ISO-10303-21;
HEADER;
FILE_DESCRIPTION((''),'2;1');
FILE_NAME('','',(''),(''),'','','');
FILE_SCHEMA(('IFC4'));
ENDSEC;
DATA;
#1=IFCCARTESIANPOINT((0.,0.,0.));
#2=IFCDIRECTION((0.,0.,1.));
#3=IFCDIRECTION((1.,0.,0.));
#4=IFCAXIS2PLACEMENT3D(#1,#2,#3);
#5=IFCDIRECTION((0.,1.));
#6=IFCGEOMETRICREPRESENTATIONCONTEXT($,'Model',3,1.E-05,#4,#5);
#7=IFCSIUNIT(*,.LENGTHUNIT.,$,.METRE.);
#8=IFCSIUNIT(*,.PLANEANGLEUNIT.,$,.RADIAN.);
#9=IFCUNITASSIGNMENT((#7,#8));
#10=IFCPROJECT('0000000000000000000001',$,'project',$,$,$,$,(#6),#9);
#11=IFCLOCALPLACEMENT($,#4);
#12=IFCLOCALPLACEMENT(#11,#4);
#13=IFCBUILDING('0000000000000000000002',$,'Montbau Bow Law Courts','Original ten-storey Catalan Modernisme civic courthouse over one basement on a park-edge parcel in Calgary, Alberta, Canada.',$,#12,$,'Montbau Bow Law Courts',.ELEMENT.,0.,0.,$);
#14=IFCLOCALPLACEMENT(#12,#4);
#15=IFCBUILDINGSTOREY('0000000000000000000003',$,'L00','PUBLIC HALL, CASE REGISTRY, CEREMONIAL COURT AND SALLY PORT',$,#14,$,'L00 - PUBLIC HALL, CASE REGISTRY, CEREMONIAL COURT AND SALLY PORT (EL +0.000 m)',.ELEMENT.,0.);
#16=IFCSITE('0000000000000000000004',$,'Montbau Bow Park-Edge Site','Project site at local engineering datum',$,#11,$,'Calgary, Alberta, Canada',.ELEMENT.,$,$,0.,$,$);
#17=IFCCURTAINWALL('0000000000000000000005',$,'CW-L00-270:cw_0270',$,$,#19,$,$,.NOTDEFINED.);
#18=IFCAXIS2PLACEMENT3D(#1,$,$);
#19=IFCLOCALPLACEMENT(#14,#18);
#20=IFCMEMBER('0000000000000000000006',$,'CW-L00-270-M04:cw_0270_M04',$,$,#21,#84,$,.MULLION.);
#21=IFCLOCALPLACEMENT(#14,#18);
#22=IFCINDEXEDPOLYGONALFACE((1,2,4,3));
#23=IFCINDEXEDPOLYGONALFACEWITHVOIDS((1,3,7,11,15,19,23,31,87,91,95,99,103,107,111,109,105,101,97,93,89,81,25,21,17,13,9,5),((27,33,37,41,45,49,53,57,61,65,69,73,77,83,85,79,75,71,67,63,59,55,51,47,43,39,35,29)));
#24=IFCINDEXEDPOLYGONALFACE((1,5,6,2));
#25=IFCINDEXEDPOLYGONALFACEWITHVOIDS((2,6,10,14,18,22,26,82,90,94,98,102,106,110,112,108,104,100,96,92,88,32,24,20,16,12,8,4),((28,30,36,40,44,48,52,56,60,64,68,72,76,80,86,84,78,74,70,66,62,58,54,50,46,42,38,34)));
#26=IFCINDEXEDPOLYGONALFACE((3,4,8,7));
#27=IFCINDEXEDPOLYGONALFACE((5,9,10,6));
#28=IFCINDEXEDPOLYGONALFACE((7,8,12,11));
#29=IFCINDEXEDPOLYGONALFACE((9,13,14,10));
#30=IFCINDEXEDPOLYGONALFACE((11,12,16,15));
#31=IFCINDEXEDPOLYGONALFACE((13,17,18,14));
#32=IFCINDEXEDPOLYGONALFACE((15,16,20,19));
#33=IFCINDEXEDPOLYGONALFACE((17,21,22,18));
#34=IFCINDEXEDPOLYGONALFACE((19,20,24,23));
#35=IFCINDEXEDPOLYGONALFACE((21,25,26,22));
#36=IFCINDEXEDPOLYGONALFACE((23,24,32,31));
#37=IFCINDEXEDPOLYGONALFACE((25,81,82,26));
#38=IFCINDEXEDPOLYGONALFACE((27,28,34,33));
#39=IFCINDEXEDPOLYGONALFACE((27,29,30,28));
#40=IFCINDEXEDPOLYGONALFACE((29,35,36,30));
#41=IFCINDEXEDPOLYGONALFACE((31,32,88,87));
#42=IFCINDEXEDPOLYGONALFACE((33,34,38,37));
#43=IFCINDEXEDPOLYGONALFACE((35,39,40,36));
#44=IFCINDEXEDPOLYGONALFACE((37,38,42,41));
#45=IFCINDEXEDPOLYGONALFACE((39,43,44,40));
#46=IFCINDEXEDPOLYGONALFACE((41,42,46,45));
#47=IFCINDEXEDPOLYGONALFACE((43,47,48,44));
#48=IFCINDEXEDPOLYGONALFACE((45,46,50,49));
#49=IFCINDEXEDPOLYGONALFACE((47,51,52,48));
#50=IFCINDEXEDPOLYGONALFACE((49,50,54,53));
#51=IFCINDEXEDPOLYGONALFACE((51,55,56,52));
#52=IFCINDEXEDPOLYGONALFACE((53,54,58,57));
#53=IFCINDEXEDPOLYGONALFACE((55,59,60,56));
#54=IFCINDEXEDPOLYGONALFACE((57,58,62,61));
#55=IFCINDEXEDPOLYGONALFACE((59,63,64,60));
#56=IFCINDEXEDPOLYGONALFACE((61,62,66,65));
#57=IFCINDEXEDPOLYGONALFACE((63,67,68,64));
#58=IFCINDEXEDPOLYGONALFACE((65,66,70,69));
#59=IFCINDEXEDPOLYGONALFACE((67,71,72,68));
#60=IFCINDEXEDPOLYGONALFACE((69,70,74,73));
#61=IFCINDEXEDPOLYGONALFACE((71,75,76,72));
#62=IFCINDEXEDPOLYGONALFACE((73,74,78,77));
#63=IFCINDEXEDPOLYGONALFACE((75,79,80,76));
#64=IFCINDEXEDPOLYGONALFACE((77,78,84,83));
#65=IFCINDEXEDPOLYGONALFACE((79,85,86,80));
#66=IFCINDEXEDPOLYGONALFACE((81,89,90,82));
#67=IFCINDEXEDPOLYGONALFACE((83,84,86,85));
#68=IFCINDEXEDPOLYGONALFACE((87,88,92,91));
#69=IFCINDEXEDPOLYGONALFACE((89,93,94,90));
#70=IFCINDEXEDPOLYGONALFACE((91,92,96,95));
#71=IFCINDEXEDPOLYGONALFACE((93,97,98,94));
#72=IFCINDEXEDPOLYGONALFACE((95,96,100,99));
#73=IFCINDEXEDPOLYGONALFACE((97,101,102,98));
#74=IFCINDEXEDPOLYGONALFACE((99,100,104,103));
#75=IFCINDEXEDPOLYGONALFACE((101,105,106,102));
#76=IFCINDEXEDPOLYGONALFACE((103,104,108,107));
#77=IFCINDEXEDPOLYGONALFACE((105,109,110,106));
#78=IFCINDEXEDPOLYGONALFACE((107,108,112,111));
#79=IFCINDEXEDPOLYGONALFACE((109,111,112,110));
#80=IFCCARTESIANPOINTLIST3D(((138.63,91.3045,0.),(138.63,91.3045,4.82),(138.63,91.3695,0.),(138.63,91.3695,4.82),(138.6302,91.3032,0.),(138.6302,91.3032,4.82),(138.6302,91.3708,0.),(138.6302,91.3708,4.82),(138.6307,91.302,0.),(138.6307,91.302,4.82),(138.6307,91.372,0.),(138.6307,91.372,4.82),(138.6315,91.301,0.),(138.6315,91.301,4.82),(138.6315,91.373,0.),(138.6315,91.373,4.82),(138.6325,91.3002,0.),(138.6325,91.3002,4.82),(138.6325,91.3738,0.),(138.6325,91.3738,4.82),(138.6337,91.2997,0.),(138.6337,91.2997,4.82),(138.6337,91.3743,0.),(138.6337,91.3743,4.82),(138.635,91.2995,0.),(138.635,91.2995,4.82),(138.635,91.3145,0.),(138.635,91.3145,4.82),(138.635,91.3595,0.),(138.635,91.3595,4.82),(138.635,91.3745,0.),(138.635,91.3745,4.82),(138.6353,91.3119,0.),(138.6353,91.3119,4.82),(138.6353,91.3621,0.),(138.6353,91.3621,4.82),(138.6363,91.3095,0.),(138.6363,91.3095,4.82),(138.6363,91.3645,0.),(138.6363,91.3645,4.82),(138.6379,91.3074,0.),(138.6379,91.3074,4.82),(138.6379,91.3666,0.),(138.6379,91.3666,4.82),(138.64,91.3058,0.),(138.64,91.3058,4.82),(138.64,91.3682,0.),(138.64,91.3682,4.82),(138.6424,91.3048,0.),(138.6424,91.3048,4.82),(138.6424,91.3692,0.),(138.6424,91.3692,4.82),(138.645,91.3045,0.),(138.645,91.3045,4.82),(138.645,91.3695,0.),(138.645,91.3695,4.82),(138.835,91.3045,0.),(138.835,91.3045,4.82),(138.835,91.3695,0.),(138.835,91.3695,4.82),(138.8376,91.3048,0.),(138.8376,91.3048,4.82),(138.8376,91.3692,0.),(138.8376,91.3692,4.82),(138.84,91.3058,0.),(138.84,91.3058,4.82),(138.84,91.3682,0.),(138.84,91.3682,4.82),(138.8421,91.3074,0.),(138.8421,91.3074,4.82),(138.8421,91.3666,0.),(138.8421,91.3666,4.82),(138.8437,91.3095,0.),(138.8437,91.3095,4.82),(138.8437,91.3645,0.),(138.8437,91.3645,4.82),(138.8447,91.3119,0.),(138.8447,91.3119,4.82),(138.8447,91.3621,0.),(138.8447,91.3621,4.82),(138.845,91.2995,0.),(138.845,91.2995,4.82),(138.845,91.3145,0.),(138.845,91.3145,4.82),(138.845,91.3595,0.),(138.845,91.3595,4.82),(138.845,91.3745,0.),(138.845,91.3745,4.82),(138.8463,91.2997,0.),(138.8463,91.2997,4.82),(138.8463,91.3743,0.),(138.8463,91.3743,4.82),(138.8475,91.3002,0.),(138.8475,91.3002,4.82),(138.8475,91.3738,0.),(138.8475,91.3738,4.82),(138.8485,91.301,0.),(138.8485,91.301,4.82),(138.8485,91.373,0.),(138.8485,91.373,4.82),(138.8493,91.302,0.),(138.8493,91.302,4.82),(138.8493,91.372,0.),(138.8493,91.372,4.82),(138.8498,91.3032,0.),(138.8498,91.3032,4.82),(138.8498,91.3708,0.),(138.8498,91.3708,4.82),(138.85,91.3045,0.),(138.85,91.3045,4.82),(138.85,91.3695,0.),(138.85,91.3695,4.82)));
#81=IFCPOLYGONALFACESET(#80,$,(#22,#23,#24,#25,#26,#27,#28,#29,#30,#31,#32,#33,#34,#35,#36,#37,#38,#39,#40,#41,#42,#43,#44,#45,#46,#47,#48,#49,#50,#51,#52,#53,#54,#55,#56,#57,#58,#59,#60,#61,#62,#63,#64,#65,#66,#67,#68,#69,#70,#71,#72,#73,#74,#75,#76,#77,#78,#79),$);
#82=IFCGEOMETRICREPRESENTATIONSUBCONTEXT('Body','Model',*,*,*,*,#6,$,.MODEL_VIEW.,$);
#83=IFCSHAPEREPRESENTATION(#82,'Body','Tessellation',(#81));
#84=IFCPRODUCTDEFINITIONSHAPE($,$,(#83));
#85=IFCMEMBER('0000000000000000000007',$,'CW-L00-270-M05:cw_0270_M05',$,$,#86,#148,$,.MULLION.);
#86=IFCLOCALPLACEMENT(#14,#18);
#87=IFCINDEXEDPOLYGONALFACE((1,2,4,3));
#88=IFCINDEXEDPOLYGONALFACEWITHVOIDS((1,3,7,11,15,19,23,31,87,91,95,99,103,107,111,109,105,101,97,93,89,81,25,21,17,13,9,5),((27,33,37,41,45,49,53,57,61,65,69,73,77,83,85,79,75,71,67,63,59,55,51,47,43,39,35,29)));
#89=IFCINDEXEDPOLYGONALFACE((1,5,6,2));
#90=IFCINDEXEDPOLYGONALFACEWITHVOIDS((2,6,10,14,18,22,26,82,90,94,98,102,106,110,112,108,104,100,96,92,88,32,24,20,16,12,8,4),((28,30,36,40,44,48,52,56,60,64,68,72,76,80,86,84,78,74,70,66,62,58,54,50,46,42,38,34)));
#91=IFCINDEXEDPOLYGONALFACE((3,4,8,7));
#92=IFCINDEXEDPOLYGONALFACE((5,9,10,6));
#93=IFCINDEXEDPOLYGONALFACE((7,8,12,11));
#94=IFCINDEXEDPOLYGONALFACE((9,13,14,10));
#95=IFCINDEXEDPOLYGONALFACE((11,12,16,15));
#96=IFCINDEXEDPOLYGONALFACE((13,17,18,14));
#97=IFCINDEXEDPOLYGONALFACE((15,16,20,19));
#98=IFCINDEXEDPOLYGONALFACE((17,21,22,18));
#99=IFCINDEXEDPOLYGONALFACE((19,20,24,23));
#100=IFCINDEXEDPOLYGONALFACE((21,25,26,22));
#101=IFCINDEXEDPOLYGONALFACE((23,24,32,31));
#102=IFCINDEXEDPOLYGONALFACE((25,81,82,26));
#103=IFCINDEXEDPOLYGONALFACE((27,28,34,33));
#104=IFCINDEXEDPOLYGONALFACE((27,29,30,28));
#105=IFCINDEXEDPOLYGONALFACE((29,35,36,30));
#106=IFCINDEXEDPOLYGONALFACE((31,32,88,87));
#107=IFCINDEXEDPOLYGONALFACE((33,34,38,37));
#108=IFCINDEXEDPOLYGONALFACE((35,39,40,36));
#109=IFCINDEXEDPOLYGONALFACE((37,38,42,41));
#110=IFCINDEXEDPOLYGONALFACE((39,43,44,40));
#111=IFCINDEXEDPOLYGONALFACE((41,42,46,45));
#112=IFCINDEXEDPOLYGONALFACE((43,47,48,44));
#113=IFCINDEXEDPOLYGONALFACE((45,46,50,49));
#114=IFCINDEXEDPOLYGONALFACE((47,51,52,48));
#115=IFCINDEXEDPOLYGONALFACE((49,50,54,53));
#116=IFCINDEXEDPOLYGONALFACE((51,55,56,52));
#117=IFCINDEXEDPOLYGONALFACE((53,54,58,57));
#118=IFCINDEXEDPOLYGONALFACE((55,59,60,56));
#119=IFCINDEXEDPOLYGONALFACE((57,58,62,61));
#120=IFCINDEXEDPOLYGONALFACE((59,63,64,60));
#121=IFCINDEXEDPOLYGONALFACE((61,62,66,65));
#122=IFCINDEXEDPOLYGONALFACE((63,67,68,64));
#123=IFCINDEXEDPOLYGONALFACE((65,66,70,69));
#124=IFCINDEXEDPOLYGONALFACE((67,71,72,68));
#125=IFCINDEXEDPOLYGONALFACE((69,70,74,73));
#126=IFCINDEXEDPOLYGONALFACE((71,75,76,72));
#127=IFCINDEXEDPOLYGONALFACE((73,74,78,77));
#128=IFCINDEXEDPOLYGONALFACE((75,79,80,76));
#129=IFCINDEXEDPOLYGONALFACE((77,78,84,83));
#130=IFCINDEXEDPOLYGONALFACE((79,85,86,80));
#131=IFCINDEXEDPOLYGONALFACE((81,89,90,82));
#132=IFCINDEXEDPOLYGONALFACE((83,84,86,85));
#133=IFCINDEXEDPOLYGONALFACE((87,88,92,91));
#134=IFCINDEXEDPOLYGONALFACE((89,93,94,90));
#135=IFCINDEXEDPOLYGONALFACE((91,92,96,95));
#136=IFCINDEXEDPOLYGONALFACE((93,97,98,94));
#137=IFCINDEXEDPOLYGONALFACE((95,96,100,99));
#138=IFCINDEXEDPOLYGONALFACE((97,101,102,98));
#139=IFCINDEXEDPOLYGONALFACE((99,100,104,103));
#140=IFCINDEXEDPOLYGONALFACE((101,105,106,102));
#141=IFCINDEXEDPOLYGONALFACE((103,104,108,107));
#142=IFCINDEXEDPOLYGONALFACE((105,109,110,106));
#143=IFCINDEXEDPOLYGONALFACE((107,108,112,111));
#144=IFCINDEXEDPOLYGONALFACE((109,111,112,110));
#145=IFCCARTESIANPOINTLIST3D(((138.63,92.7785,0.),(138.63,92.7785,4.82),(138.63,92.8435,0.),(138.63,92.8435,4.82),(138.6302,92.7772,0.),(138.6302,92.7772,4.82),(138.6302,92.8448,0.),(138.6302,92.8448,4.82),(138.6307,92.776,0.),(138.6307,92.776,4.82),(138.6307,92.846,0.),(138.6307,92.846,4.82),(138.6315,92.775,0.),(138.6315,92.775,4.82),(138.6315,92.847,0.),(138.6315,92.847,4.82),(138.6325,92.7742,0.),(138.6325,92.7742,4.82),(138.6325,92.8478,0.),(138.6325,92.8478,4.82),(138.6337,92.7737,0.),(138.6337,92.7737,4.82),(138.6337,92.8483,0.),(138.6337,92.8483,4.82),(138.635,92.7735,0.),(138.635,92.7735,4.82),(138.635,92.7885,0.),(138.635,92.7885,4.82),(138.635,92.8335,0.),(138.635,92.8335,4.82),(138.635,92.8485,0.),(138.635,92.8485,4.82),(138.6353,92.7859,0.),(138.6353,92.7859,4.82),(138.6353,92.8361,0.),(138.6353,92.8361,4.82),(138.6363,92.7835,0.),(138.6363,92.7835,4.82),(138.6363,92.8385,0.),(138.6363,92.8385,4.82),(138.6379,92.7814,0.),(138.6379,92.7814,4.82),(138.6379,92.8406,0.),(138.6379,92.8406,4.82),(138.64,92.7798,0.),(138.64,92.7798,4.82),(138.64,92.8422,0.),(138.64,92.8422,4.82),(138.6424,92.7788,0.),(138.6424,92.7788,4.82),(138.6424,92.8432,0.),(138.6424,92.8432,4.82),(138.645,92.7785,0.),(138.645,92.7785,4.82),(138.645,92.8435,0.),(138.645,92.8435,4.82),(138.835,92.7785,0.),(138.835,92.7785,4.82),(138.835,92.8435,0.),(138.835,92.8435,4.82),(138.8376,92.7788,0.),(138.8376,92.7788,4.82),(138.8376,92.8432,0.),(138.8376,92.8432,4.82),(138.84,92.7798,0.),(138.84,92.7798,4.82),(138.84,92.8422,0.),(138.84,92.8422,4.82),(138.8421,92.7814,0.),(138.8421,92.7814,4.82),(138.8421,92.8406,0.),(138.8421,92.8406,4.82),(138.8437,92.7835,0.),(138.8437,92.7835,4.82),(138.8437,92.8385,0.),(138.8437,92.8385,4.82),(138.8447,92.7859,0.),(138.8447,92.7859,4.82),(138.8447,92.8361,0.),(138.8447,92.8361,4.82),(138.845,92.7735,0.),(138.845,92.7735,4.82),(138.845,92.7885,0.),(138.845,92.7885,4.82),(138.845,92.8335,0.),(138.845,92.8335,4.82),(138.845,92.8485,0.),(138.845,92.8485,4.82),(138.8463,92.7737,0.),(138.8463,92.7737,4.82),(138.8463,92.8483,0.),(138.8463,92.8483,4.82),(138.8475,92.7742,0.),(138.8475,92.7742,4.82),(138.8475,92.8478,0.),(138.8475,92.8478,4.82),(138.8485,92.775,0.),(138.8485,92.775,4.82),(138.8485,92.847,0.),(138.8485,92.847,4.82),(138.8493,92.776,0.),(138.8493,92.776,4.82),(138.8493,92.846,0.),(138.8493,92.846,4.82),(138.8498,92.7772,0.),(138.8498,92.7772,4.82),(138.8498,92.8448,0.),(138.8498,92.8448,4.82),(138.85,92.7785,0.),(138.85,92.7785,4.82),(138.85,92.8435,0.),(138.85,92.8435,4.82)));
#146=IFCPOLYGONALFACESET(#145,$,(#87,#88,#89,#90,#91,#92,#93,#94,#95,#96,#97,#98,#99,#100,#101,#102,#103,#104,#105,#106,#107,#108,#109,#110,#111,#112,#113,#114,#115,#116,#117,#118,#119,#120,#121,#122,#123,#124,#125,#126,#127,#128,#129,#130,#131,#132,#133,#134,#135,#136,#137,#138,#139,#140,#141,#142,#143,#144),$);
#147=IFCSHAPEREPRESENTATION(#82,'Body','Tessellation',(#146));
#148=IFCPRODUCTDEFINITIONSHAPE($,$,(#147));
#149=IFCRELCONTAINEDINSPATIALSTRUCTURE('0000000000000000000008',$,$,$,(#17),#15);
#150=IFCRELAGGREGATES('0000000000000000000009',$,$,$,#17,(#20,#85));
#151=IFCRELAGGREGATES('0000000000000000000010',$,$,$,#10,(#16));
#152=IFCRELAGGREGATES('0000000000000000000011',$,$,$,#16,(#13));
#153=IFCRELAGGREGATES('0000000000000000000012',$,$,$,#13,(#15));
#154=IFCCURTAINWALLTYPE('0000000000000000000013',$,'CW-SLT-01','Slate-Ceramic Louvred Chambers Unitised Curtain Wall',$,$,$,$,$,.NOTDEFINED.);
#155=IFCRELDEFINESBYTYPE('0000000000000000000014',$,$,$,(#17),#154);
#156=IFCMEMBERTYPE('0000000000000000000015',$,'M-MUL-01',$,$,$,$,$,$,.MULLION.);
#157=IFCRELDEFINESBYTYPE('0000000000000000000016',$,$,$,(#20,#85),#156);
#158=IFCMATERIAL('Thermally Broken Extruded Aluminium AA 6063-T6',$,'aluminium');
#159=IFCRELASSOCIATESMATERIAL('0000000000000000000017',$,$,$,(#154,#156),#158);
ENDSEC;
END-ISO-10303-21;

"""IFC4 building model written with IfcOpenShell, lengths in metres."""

from ifc_helpers import new_model, si_unit, direction, frame, origin_with_axes, origin_2d_with_axis, place, context, subcontext, project, spatial, hollow_rectangle, extrude, material, material_profile, profile_set, type_object, element, aggregate, save


model = new_model("IFC4")

# Units and contexts
model_context = context("Model", 3, precision=1e-05, world=origin_with_axes(), true_north=direction((0.0, 1.0)))
body_context = subcontext(model_context, "Body", "Model", "MODEL_VIEW")
ifc_project = project(units=[si_unit("LENGTHUNIT", "METRE"), si_unit("PLANEANGLEUNIT", "RADIAN")], contexts=[model_context])

# Site, building, storey
site_placement = place(None, origin_with_axes())
site = spatial("IfcSite", under=ifc_project, at=site_placement, Name="Montbau Bow Park-Edge Site", Description="Project site at local engineering datum", LongName="Calgary, Alberta, Canada", CompositionType="ELEMENT", RefElevation=0.0)
building_placement = place(site_placement, origin_with_axes())
building = spatial("IfcBuilding", under=site, at=building_placement, Name="Montbau Bow Law Courts", Description="Original ten-storey Catalan Modernisme civic courthouse over one basement on a park-edge parcel in Calgary, Alberta, Canada.", LongName="Montbau Bow Law Courts", CompositionType="ELEMENT", ElevationOfRefHeight=0.0, ElevationOfTerrain=0.0)
storey_placement = place(building_placement, origin_with_axes())
storey = spatial("IfcBuildingStorey", under=building, at=storey_placement, Name="L00", Description="PUBLIC HALL, CASE REGISTRY, CEREMONIAL COURT AND SALLY PORT", LongName="L00 - PUBLIC HALL, CASE REGISTRY, CEREMONIAL COURT AND SALLY PORT (EL +0.000 m)", CompositionType="ELEMENT", Elevation=0.0)

# Curtain wall, members
ifc_material_1 = material(Name="Thermally Broken Extruded Aluminium AA 6063-T6", Category="aluminium")
curtain_wall_type = type_object("IfcCurtainWallType", Name="CW-SLT-01", Description="Slate-Ceramic Louvred Chambers Unitised Curtain Wall", PredefinedType="NOTDEFINED", material=ifc_material_1)
curtain_wall_placement = place(None, frame((138.74, 86.915, 0.0), z_axis=(0.0, 0.0, 1.0), x_axis=(1.0, 0.0, 0.0)))
curtain_wall = element("IfcCurtainWall", 1, at=curtain_wall_placement, inside=storey, type_object=curtain_wall_type, Name="CW-L00-270:cw_0270", PredefinedType="NOTDEFINED")
ifc_material_profile_1 = material_profile(ifc_material_1, hollow_rectangle(XDim=0.075, YDim=0.22, WallThickness=0.005, InnerFilletRadius=0.01, OuterFilletRadius=0.005, at=origin_2d_with_axis()), Name="CWM-220X75", Category="Main", Priority=0)
ifc_profile_set_1 = profile_set([ifc_material_profile_1], Name="Thermally Broken Extruded Aluminium AA 6063-T6")
member_type_1 = type_object("IfcMemberType", Name="M-MUL-01", PredefinedType="MULLION", material=ifc_profile_set_1)
member_1_placement = place(None, frame((138.74, 91.337, 0.0), z_axis=(0.0, 0.0, 1.0), x_axis=(0.0, 1.0, 0.0)))
member_1 = element("IfcMember", 2, at=member_1_placement, type_object=member_type_1, Name="CW-L00-270-M04:cw_0270_M04", PredefinedType="MULLION", context=body_context, shape_type="SweptSolid", body=[
    extrude(hollow_rectangle(XDim=0.075, YDim=0.22, WallThickness=0.005, InnerFilletRadius=0.01, OuterFilletRadius=0.005, at=origin_2d_with_axis()), origin_with_axes(), (0.0, 0.0, 1.0), 4.82),
])
member_2_placement = place(None, frame((138.74, 92.811, 0.0), z_axis=(0.0, 0.0, 1.0), x_axis=(0.0, 1.0, 0.0)))
member_2 = element("IfcMember", 3, at=member_2_placement, type_object=member_type_1, Name="CW-L00-270-M05:cw_0270_M05", PredefinedType="MULLION", context=body_context, shape_type="SweptSolid", body=[
    extrude(hollow_rectangle(XDim=0.075, YDim=0.22, WallThickness=0.005, InnerFilletRadius=0.01, OuterFilletRadius=0.005, at=origin_2d_with_axis()), origin_with_axes(), (0.0, 0.0, 1.0), 4.82),
])
aggregate(curtain_wall, [member_1, member_2])

save(model, "model.ifc")
